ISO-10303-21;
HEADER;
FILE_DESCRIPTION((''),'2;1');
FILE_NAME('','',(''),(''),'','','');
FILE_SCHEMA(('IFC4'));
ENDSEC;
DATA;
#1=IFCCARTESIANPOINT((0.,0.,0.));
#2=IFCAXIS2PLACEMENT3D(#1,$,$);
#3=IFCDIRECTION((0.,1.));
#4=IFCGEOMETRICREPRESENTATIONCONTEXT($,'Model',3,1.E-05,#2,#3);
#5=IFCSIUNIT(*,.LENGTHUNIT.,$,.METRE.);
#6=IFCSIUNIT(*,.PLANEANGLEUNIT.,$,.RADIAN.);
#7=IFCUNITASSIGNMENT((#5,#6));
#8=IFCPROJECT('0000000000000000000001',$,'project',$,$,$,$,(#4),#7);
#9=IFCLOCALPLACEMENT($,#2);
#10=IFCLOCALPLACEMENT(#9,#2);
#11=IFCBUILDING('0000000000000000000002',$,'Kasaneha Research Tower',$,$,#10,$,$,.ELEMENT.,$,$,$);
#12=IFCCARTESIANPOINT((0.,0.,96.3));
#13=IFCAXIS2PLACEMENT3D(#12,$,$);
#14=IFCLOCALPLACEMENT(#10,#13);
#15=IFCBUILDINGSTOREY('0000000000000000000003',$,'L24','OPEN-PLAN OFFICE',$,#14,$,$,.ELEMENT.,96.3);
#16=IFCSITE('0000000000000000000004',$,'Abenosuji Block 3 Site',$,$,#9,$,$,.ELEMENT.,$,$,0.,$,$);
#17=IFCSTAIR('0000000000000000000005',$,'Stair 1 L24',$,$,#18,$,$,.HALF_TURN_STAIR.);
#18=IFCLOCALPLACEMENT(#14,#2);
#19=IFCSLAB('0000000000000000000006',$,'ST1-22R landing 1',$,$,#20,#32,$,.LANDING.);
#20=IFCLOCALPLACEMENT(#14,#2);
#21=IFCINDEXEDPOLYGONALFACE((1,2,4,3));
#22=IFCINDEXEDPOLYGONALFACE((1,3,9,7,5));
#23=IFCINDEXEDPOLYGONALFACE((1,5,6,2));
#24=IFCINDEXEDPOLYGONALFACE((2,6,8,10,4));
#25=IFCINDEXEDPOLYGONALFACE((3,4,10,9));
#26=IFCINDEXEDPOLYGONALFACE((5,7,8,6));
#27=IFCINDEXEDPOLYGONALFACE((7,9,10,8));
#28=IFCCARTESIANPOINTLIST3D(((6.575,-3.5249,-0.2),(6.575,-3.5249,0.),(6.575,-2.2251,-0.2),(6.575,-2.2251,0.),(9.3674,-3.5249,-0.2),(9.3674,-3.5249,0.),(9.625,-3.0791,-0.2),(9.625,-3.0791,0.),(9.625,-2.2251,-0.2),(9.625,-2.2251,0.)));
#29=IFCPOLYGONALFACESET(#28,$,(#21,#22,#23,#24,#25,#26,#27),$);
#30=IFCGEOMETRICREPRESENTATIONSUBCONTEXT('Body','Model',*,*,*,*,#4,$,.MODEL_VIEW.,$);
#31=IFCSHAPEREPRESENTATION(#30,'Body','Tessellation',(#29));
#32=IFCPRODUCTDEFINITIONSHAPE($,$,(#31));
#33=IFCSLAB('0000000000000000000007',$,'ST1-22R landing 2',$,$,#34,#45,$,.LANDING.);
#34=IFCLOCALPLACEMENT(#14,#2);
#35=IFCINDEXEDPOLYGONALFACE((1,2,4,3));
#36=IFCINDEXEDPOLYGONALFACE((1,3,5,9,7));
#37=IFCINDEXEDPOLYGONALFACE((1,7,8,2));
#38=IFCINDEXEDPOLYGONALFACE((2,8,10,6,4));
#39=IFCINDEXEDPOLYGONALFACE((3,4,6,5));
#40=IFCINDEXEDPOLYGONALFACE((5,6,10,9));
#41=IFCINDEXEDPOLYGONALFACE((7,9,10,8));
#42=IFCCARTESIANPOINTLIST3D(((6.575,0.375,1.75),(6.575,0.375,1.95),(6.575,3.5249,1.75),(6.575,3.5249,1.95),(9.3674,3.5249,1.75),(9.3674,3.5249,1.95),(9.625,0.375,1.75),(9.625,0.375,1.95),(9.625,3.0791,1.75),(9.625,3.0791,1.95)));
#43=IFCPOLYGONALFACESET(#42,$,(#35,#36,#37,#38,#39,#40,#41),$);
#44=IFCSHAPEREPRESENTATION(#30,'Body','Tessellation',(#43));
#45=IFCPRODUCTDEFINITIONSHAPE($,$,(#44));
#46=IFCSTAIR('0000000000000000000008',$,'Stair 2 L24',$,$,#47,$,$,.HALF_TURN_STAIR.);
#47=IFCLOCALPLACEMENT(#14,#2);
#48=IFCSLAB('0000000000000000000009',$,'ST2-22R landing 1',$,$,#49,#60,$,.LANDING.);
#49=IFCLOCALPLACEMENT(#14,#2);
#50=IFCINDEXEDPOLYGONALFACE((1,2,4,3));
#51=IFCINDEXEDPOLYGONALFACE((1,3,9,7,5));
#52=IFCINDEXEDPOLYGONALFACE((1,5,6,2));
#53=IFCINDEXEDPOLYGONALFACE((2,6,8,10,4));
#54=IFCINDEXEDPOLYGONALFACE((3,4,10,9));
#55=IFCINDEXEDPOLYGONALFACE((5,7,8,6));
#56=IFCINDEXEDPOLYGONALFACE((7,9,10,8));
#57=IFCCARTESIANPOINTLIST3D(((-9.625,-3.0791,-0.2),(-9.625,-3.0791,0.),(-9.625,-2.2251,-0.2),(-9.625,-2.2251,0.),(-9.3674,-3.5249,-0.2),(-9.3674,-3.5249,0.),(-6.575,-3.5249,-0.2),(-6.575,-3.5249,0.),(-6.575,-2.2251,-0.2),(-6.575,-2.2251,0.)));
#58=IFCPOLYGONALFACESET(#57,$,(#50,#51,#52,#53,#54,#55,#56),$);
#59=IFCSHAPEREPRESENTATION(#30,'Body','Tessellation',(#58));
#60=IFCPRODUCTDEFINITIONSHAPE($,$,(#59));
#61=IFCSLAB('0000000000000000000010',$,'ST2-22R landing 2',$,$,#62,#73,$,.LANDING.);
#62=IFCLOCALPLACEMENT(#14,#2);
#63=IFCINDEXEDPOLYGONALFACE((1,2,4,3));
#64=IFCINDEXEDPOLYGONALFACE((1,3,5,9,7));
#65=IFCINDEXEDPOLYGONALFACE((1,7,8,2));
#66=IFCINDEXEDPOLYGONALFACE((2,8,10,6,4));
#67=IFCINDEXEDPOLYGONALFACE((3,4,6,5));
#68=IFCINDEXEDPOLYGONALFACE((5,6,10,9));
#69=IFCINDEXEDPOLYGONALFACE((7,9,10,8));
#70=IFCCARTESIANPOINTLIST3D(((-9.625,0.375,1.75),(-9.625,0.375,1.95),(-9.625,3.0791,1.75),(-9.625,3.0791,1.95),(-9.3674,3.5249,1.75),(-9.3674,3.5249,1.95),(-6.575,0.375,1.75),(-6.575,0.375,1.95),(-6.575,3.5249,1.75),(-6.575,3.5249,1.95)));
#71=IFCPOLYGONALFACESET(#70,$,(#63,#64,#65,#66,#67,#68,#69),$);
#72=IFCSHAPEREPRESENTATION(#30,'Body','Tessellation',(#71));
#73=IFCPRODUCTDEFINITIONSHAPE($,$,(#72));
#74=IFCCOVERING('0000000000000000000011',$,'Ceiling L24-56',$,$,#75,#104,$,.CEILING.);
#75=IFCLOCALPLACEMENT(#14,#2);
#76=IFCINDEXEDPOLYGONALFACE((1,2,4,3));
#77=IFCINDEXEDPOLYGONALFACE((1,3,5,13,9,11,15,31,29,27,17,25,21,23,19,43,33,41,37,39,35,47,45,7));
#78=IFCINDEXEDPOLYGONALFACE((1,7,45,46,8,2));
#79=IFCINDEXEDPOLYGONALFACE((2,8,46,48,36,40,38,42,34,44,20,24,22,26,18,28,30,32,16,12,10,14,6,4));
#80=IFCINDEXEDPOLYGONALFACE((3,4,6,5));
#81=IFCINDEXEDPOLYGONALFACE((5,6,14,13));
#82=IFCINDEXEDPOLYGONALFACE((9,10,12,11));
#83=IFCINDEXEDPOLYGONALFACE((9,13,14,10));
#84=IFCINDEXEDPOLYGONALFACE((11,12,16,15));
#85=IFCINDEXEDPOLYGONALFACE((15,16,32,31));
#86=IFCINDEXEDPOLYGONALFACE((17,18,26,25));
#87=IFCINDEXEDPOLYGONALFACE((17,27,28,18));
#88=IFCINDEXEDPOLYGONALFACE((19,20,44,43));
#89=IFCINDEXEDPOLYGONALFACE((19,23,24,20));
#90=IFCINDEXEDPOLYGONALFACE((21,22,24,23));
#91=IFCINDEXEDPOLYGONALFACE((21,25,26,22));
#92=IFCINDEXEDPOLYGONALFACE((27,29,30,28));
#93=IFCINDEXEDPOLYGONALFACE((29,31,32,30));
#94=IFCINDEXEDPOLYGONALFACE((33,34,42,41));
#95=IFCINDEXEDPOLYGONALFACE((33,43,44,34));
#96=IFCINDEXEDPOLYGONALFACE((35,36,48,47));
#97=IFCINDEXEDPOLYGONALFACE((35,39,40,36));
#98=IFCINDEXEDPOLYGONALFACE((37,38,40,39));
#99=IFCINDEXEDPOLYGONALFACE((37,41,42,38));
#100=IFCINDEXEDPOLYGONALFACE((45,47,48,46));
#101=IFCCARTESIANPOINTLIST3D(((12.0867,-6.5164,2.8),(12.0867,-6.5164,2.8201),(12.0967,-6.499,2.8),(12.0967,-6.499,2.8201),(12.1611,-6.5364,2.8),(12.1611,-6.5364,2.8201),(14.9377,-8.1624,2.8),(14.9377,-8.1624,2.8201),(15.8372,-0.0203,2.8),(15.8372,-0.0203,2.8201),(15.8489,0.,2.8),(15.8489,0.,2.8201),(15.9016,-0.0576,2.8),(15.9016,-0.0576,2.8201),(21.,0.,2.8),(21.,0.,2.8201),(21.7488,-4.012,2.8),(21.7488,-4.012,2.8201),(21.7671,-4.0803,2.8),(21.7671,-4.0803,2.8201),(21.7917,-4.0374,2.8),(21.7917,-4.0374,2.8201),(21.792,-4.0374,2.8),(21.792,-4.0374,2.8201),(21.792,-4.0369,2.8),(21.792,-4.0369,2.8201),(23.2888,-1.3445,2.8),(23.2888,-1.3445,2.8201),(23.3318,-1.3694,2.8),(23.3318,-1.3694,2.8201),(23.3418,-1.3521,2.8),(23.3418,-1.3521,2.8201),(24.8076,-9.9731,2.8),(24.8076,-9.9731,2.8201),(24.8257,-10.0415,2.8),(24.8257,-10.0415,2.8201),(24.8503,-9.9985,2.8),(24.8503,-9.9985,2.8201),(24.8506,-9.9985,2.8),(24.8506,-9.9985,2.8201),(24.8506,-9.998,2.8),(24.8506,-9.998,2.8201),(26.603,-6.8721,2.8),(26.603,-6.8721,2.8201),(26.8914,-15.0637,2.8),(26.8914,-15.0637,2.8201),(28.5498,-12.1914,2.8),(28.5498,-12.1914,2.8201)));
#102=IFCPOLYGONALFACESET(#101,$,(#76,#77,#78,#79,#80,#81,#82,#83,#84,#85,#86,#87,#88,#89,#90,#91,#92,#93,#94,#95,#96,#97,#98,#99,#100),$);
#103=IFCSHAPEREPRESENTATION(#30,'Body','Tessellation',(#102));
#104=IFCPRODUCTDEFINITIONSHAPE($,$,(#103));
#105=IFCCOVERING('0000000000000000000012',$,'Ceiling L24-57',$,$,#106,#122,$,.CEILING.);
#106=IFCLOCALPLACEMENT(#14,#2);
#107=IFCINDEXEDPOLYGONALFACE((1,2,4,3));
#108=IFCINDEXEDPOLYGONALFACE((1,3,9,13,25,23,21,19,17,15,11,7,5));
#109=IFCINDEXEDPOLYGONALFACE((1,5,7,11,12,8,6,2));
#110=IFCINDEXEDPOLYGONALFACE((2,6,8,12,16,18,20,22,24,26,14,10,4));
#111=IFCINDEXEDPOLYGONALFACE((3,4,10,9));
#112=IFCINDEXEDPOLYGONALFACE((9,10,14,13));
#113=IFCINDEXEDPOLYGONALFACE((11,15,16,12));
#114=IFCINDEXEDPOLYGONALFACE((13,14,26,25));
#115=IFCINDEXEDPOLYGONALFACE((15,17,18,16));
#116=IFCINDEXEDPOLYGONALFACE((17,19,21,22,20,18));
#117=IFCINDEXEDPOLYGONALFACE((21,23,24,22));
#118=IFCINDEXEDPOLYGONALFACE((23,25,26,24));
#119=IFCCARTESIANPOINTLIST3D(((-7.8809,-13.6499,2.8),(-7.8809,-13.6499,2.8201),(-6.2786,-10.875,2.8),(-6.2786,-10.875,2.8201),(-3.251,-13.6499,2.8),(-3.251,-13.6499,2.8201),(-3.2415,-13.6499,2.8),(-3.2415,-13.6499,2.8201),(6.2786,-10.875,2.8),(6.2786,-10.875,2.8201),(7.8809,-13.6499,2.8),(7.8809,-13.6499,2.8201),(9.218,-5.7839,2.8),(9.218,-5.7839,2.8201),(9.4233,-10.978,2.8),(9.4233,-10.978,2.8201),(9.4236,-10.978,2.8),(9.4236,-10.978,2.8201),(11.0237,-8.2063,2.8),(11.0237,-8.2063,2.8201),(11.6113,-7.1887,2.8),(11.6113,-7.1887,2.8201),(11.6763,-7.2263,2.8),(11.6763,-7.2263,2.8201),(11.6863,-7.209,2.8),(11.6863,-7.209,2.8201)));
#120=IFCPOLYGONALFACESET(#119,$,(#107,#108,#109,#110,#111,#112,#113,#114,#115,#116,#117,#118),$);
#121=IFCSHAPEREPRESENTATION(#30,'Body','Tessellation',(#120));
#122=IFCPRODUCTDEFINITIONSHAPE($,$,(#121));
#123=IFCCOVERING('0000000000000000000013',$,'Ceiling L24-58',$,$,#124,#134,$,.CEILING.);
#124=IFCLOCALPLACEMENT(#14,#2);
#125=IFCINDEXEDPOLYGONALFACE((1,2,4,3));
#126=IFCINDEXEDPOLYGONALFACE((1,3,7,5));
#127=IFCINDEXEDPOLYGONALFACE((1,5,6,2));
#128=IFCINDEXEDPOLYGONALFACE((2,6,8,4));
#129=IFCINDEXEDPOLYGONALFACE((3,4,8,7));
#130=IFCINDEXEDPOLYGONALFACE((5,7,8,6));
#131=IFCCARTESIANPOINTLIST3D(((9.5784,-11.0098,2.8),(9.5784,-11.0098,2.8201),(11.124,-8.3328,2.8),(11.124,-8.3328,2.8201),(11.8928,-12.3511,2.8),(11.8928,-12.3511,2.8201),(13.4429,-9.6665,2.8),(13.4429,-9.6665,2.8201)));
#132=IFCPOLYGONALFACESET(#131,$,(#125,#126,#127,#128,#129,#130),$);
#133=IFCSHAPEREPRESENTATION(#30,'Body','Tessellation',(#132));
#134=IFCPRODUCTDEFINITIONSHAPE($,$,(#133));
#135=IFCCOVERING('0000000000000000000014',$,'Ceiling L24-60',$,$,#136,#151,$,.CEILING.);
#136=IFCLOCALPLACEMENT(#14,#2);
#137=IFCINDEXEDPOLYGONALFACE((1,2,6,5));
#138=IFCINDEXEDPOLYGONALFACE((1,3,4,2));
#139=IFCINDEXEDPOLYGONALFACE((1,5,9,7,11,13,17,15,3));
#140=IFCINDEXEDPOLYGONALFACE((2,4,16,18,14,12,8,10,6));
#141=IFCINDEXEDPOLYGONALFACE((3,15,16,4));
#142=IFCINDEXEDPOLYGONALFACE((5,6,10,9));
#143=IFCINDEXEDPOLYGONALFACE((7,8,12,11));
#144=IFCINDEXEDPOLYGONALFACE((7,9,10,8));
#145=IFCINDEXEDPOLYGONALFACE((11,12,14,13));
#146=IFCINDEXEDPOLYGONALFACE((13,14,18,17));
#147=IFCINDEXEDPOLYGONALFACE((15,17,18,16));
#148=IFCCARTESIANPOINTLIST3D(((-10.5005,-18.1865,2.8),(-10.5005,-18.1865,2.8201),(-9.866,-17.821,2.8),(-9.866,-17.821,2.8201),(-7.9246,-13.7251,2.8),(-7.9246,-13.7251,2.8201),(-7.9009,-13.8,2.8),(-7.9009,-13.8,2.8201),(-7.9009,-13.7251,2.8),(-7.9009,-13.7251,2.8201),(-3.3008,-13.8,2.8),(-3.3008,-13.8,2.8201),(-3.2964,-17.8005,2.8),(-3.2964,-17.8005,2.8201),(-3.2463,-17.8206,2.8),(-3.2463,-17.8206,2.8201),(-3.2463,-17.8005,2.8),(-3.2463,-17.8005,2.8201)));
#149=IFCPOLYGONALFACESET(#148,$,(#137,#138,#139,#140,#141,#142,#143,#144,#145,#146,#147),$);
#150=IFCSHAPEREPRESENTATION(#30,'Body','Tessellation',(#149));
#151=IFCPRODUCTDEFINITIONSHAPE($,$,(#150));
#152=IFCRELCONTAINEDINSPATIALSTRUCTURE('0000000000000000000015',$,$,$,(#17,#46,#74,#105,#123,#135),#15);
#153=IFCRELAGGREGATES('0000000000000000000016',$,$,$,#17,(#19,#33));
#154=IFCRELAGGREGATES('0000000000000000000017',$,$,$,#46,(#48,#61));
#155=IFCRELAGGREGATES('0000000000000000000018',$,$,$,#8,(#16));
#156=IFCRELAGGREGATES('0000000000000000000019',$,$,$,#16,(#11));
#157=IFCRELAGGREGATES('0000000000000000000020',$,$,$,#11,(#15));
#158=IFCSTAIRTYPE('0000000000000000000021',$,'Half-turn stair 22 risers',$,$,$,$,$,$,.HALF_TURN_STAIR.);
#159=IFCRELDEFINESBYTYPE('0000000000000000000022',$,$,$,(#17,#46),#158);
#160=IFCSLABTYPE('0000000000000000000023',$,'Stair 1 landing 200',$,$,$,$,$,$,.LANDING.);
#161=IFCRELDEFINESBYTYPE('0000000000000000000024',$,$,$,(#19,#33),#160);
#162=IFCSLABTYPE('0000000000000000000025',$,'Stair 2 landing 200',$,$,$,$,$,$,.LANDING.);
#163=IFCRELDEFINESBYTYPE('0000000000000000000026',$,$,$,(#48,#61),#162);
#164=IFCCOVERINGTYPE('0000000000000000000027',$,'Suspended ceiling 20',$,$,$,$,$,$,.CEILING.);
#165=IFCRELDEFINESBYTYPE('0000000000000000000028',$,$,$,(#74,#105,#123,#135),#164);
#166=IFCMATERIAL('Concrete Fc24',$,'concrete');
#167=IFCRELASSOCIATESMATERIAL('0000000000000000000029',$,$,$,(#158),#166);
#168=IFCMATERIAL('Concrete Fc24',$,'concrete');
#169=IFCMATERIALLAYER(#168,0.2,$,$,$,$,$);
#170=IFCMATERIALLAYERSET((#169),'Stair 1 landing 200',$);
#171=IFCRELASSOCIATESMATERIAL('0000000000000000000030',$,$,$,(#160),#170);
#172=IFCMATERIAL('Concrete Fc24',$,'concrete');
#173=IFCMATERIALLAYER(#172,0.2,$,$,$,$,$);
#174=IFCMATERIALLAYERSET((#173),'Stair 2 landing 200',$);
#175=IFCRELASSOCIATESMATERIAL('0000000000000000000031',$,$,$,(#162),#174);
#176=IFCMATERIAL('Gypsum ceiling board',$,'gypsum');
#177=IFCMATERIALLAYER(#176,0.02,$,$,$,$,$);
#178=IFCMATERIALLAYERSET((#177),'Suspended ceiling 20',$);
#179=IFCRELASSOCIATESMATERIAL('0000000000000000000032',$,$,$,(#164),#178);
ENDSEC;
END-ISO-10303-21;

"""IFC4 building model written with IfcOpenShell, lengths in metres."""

from ifc_helpers import new_model, si_unit, direction, frame, origin, place, context, subcontext, project, spatial, polyline, outline, extrude, material, layer, layer_set, type_object, element, aggregate, save


model = new_model("IFC4")

# Units and contexts
model_context = context("Model", 3, precision=1e-05, world=origin(), true_north=direction((0.0, 1.0)))
body_context = subcontext(model_context, "Body", "Model", "MODEL_VIEW")
ifc_project = project(units=[si_unit("LENGTHUNIT", "METRE"), si_unit("PLANEANGLEUNIT", "RADIAN")], contexts=[model_context])

# Site, building, storey
site_placement = place(None, origin())
site = spatial("IfcSite", under=ifc_project, at=site_placement, Name="Abenosuji Block 3 Site", CompositionType="ELEMENT", RefElevation=0.0)
building_placement = place(site_placement, origin())
building = spatial("IfcBuilding", under=site, at=building_placement, Name="Kasaneha Research Tower", CompositionType="ELEMENT")
storey_placement = place(building_placement, frame((0.0, 0.0, 96.3)))
storey = spatial("IfcBuildingStorey", under=building, at=storey_placement, Name="L24", Description="OPEN-PLAN OFFICE", CompositionType="ELEMENT", Elevation=96.3)

# Stairs, slabs
ifc_material_1 = material(Name="Concrete Fc24", Category="concrete")
stair_type = type_object("IfcStairType", Name="Half-turn stair 22 risers", PredefinedType="HALF_TURN_STAIR", material=ifc_material_1)
stair_1_placement = place(storey_placement, origin())
stair_1 = element("IfcStair", 1, at=stair_1_placement, inside=storey, type_object=stair_type, Name="Stair 1 L24", PredefinedType="HALF_TURN_STAIR")
ifc_material_2 = material(Name="Concrete Fc24", Category="concrete")
ifc_layer_1 = layer(ifc_material_2, 0.2)
ifc_layer_set_1 = layer_set([ifc_layer_1], Name="Stair 1 landing 200")
slab_type_1 = type_object("IfcSlabType", Name="Stair 1 landing 200", PredefinedType="LANDING", material=ifc_layer_set_1)
slab_1_placement = place(storey_placement, frame((0.0, 0.0, -0.2)))
slab_1 = element("IfcSlab", 2, at=slab_1_placement, type_object=slab_type_1, Name="ST1-22R landing 1", PredefinedType="LANDING", context=body_context, shape_type="SweptSolid", body=[
    extrude(outline(polyline([(9.3674, -3.5249), (6.575, -3.5249), (6.575, -2.2251), (9.625, -2.2251), (9.625, -3.0791), (9.3674, -3.5249)])), origin(), (0.0, 0.0, 1.0), 0.2),
])
slab_2_placement = place(storey_placement, frame((0.0, 0.0, 1.75)))
slab_2 = element("IfcSlab", 3, at=slab_2_placement, type_object=slab_type_1, Name="ST1-22R landing 2", PredefinedType="LANDING", context=body_context, shape_type="SweptSolid", body=[
    extrude(outline(polyline([(6.575, 3.5249), (9.3674, 3.5249), (9.625, 3.0791), (9.625, 0.375), (6.575, 0.375), (6.575, 3.5249)])), origin(), (0.0, 0.0, 1.0), 0.2),
])
aggregate(stair_1, [slab_1, slab_2])
stair_2_placement = place(storey_placement, origin())
stair_2 = element("IfcStair", 4, at=stair_2_placement, inside=storey, type_object=stair_type, Name="Stair 2 L24", PredefinedType="HALF_TURN_STAIR")
ifc_material_3 = material(Name="Concrete Fc24", Category="concrete")
ifc_layer_2 = layer(ifc_material_3, 0.2)
ifc_layer_set_2 = layer_set([ifc_layer_2], Name="Stair 2 landing 200")
slab_type_2 = type_object("IfcSlabType", Name="Stair 2 landing 200", PredefinedType="LANDING", material=ifc_layer_set_2)
slab_3_placement = place(storey_placement, frame((0.0, 0.0, -0.2)))
slab_3 = element("IfcSlab", 5, at=slab_3_placement, type_object=slab_type_2, Name="ST2-22R landing 1", PredefinedType="LANDING", context=body_context, shape_type="SweptSolid", body=[
    extrude(outline(polyline([(-6.575, -3.5249), (-9.3674, -3.5249), (-9.625, -3.0791), (-9.625, -2.2251), (-6.575, -2.2251), (-6.575, -3.5249)])), origin(), (0.0, 0.0, 1.0), 0.2),
])
slab_4_placement = place(storey_placement, frame((0.0, 0.0, 1.75)))
slab_4 = element("IfcSlab", 6, at=slab_4_placement, type_object=slab_type_2, Name="ST2-22R landing 2", PredefinedType="LANDING", context=body_context, shape_type="SweptSolid", body=[
    extrude(outline(polyline([(-6.575, 0.375), (-9.625, 0.375), (-9.625, 3.0791), (-9.3674, 3.5249), (-6.575, 3.5249), (-6.575, 0.375)])), origin(), (0.0, 0.0, 1.0), 0.2),
])
aggregate(stair_2, [slab_3, slab_4])

# Coverings
ifc_material_4 = material(Name="Gypsum ceiling board", Category="gypsum")
ifc_layer_3 = layer(ifc_material_4, 0.02)
ifc_layer_set_3 = layer_set([ifc_layer_3], Name="Suspended ceiling 20")
covering_type_1 = type_object("IfcCoveringType", Name="Suspended ceiling 20", PredefinedType="CEILING", material=ifc_layer_set_3)
covering_1_placement = place(storey_placement, frame((0.0, 0.0, 2.8)))
element("IfcCovering", 7, at=covering_1_placement, inside=storey, type_object=covering_type_1, Name="Ceiling L24-56", PredefinedType="CEILING", context=body_context, shape_type="SweptSolid", body=[
    extrude(outline(polyline([(21.0, 0.0), (23.3418, -1.3521), (23.3318, -1.3694), (23.2888, -1.3445), (21.7488, -4.012), (21.792, -4.0369), (21.7917, -4.0374), (21.792, -4.0374), (21.7671, -4.0803), (26.603, -6.8721), (24.8076, -9.9731), (24.8506, -9.998), (24.8503, -9.9985), (24.8506, -9.9985), (24.8257, -10.0415), (28.5498, -12.1914), (26.8914, -15.0637), (14.9377, -8.1624), (12.0867, -6.5164), (12.0967, -6.499), (12.1611, -6.5364), (15.9016, -0.0576), (15.8372, -0.0203), (15.8489, 0.0), (21.0, 0.0)])), origin(), (0.0, 0.0, 1.0), 0.02),
])
covering_2_placement = place(storey_placement, frame((0.0, 0.0, 2.8)))
element("IfcCovering", 8, at=covering_2_placement, inside=storey, type_object=covering_type_1, Name="Ceiling L24-57", PredefinedType="CEILING", context=body_context, shape_type="SweptSolid", body=[
    extrude(outline(polyline([(-6.2786, -10.875), (6.2786, -10.875), (9.218, -5.7839), (11.6863, -7.209), (11.6763, -7.2263), (11.6113, -7.1887), (11.0237, -8.2063), (11.0237, -8.2063), (9.4236, -10.978), (9.4233, -10.978), (7.8809, -13.6499), (-3.2415, -13.6499), (-3.251, -13.6499), (-7.8809, -13.6499), (-6.2786, -10.875)])), origin(), (0.0, 0.0, 1.0), 0.02),
])
covering_3_placement = place(storey_placement, frame((0.0, 0.0, 2.8)))
element("IfcCovering", 9, at=covering_3_placement, inside=storey, type_object=covering_type_1, Name="Ceiling L24-58", PredefinedType="CEILING", context=body_context, shape_type="SweptSolid", body=[
    extrude(outline(polyline([(11.8928, -12.3511), (9.5784, -11.0098), (11.124, -8.3328), (13.4429, -9.6665), (11.8928, -12.3511)])), origin(), (0.0, 0.0, 1.0), 0.02),
])
covering_4_placement = place(storey_placement, frame((0.0, 0.0, 2.8)))
element("IfcCovering", 10, at=covering_4_placement, inside=storey, type_object=covering_type_1, Name="Ceiling L24-60", PredefinedType="CEILING", context=body_context, shape_type="SweptSolid", body=[
    extrude(outline(polyline([(-10.5005, -18.1865), (-7.9246, -13.7251), (-7.9009, -13.7251), (-7.9009, -13.8), (-3.3008, -13.8), (-3.2964, -17.8005), (-3.2463, -17.8005), (-3.2463, -17.8206), (-9.866, -17.821), (-10.5005, -18.1865)])), origin(), (0.0, 0.0, 1.0), 0.02),
])

save(model, "model.ifc")
